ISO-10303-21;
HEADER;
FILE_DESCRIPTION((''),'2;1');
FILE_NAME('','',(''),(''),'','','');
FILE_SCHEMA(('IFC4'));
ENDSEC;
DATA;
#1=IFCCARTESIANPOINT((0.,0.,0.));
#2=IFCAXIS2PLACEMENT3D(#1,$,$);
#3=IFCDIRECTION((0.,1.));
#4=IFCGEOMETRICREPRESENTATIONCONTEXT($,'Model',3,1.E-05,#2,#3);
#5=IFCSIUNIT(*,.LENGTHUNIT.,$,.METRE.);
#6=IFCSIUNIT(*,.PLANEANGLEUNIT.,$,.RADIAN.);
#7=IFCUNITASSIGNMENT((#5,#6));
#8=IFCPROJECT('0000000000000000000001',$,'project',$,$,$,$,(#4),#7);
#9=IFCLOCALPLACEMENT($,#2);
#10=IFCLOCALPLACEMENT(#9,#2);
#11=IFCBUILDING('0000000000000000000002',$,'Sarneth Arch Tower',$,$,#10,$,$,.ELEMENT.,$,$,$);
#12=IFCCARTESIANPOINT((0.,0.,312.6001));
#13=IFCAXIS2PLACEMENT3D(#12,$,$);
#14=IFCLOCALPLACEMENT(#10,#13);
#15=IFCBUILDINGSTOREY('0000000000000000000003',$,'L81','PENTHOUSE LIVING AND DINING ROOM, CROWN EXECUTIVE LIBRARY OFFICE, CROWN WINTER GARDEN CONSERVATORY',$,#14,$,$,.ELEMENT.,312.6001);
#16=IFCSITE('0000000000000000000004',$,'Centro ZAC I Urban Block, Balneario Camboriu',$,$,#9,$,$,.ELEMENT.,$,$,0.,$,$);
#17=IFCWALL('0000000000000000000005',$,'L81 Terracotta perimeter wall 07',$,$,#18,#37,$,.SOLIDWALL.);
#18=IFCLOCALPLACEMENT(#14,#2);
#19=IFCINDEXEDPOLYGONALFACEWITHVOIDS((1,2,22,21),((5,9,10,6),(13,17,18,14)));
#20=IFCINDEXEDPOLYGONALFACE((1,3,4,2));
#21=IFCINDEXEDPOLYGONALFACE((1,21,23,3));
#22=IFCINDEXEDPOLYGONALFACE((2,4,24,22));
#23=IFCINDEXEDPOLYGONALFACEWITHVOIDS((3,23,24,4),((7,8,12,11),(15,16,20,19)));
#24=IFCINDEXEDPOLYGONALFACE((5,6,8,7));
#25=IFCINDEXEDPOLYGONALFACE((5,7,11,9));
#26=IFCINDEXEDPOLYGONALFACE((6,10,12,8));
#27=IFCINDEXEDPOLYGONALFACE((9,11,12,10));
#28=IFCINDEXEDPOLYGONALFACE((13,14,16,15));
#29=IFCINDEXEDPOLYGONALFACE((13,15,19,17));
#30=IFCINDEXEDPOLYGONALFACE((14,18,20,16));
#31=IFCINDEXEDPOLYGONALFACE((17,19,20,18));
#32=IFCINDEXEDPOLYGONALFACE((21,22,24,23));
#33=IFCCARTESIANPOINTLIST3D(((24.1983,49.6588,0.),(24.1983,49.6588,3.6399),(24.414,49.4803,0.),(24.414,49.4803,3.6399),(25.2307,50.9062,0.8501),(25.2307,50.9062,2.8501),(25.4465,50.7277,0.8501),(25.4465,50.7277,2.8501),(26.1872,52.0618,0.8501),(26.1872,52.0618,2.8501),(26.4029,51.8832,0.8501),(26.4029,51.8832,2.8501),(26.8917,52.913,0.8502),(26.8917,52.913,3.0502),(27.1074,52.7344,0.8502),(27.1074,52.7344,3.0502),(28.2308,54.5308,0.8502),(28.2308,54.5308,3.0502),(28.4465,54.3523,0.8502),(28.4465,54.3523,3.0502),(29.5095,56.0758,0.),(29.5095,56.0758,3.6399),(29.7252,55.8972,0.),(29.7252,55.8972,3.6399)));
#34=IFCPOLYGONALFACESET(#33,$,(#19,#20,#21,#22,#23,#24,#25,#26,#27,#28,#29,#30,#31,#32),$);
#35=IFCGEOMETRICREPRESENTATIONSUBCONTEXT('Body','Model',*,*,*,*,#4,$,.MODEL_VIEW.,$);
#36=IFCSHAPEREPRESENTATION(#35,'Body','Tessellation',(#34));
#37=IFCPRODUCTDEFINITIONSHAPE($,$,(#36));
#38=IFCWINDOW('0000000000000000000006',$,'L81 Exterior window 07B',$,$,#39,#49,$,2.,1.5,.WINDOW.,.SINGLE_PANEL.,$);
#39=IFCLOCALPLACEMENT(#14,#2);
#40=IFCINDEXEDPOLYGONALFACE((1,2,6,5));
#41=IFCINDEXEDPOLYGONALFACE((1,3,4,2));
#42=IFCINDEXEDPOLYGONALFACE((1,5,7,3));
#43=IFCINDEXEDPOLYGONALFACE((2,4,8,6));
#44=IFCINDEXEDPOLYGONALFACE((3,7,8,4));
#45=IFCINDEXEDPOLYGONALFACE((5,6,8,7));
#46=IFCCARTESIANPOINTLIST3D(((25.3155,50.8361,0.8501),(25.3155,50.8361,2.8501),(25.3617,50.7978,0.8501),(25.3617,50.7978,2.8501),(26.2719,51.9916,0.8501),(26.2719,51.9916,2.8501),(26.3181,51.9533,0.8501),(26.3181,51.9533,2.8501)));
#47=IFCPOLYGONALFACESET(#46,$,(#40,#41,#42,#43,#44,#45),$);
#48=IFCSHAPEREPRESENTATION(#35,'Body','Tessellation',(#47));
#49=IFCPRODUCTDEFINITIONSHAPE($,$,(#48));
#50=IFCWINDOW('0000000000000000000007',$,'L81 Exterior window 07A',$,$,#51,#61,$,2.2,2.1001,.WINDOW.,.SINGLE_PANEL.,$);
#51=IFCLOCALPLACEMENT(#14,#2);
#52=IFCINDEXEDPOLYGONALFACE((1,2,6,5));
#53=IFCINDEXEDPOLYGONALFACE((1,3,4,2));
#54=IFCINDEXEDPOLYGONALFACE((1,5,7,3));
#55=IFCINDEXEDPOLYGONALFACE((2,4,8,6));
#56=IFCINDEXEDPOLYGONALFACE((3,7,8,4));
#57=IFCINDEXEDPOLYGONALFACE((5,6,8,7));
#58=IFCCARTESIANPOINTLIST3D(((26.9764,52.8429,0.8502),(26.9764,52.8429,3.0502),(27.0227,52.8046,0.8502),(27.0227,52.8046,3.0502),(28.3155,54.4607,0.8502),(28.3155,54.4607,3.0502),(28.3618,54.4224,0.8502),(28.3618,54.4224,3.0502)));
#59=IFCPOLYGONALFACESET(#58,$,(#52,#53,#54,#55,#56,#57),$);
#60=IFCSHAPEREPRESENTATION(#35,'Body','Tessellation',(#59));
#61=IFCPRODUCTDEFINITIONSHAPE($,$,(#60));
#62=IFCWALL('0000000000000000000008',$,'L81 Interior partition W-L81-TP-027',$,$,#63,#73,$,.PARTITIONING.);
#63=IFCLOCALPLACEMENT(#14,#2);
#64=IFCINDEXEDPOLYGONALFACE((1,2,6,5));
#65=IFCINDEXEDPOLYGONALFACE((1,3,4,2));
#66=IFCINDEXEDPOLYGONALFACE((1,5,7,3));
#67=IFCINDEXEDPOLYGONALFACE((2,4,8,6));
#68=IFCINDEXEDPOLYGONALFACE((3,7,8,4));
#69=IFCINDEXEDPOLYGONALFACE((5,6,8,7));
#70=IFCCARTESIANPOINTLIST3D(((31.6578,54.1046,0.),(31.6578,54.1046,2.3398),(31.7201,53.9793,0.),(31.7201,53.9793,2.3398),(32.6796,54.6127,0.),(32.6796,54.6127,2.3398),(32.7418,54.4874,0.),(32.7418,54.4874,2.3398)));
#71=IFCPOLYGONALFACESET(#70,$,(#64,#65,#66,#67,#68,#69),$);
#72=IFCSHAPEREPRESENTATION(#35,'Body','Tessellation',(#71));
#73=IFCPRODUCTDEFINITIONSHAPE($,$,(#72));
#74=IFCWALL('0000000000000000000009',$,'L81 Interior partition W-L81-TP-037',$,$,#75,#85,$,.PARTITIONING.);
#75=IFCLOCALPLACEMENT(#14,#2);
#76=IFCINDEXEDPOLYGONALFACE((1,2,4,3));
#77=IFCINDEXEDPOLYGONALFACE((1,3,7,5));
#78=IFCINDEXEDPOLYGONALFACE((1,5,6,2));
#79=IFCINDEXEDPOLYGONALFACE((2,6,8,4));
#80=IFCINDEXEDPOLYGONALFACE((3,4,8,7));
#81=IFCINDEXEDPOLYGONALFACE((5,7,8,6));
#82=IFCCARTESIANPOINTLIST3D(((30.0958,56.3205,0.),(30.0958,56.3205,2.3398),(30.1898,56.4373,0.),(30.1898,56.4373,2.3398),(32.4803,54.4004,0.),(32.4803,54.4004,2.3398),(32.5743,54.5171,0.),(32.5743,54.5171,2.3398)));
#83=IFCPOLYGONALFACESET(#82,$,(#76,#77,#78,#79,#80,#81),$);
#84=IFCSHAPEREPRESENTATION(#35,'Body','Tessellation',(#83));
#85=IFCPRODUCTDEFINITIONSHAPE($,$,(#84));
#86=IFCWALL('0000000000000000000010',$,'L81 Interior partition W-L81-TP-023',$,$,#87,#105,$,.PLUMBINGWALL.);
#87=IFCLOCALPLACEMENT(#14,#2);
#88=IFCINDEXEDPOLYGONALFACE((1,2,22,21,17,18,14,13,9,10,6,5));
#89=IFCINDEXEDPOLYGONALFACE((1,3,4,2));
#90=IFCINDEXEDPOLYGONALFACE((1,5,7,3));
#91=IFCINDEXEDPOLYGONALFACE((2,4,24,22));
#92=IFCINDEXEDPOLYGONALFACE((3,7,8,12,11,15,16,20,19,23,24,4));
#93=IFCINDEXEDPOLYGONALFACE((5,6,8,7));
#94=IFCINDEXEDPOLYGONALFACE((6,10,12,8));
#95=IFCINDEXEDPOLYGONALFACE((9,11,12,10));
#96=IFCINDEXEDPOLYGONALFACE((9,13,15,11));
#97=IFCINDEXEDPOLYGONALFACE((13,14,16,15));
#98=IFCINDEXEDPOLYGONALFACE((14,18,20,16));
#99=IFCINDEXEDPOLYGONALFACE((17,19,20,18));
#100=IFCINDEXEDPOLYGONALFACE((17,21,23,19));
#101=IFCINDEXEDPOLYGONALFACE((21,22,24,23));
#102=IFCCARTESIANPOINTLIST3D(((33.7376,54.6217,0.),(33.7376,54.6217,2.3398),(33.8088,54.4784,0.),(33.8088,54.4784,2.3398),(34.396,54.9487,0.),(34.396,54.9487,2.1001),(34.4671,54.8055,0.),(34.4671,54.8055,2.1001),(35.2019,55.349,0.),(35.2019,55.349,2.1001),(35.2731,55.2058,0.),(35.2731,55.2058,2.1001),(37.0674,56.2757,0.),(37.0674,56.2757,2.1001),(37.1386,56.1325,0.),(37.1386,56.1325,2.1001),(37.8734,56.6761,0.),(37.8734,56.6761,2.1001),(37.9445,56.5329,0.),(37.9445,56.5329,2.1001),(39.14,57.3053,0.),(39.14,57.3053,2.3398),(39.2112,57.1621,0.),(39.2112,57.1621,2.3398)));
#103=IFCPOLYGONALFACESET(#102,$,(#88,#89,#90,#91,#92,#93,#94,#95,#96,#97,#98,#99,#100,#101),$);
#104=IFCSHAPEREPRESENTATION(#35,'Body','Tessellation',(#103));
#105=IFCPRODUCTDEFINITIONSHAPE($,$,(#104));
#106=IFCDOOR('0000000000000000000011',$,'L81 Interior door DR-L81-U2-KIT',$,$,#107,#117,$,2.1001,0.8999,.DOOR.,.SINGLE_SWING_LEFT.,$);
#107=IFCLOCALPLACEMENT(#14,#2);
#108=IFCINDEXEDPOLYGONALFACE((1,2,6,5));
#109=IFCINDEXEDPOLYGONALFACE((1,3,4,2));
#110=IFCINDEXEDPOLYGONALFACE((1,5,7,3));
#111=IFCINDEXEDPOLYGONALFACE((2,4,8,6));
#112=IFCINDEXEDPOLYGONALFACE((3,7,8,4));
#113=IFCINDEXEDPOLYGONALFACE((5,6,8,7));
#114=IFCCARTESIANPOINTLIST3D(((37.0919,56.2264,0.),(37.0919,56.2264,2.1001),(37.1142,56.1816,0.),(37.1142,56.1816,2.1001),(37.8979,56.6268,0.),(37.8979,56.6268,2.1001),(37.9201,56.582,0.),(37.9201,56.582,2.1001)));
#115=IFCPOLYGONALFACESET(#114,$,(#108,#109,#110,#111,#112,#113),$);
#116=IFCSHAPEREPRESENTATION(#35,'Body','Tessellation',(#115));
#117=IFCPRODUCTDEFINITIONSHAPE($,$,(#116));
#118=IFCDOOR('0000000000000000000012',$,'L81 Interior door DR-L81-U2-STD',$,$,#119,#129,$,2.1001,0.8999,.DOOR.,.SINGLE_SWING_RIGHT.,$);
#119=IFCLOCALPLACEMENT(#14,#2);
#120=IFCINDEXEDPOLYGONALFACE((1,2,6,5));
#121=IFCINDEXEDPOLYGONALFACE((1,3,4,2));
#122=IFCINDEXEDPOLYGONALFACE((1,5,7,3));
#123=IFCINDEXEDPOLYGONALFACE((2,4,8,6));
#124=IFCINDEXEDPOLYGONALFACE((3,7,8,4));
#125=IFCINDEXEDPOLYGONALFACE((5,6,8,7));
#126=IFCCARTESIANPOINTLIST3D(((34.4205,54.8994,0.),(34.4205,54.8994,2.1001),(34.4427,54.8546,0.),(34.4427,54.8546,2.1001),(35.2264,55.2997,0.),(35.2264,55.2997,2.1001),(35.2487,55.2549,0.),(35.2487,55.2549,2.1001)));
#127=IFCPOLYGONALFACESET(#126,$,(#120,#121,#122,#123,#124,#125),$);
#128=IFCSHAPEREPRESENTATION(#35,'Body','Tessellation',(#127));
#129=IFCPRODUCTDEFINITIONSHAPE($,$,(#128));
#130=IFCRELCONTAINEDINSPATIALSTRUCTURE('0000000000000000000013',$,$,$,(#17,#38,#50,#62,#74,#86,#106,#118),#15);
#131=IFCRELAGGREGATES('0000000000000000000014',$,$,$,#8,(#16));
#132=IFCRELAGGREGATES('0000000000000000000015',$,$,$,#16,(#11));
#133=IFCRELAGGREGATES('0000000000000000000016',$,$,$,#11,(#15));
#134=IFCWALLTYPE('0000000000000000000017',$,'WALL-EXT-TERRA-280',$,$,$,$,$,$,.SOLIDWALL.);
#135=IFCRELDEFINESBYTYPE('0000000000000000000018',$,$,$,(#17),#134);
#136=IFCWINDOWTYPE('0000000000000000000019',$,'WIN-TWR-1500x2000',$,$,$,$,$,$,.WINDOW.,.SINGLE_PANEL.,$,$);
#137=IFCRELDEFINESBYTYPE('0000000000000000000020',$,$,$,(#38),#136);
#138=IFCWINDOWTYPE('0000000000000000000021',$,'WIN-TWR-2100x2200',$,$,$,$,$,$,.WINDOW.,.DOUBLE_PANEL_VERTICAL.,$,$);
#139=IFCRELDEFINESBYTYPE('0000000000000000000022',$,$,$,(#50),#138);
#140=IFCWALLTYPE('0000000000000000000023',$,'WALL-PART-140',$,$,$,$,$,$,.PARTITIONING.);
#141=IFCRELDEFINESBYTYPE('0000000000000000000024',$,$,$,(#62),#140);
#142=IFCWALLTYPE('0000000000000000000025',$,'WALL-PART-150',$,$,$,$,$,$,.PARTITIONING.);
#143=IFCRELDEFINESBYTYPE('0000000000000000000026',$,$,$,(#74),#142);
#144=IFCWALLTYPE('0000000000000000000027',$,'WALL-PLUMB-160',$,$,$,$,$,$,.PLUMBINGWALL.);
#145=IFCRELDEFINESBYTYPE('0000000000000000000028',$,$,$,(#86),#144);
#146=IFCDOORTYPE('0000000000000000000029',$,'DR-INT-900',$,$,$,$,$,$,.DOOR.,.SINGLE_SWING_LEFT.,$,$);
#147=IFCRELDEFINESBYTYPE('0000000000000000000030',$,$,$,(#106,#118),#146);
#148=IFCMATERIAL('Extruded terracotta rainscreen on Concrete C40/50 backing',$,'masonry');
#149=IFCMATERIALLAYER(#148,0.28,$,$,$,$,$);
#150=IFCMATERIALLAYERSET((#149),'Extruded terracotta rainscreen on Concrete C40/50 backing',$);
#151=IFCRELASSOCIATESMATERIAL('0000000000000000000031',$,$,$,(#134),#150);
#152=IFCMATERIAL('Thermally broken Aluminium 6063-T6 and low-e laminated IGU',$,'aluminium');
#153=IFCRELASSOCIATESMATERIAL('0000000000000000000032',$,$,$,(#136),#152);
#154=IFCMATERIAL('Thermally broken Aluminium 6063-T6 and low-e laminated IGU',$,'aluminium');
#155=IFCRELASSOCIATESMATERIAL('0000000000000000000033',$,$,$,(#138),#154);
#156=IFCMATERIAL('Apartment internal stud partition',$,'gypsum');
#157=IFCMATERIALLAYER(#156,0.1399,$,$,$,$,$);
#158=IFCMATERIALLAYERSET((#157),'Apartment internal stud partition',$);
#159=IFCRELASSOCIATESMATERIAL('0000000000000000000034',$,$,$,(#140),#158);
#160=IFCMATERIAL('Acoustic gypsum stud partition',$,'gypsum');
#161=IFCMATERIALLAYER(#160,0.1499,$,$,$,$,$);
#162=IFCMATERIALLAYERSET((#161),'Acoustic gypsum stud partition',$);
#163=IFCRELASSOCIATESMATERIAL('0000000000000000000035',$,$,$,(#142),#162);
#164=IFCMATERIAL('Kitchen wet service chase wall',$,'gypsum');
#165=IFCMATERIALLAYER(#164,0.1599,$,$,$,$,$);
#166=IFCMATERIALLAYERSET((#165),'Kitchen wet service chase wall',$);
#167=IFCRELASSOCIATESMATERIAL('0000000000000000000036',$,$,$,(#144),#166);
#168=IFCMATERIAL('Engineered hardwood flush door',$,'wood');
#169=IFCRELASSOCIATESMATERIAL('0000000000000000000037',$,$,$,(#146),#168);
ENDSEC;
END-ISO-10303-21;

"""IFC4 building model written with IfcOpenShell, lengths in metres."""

from ifc_helpers import new_model, si_unit, direction, frame, frame_2d, origin, place, context, subcontext, project, spatial, rectangle, extrude, material, layer, layer_set, type_object, element, fill, save


model = new_model("IFC4")

# Units and contexts
model_context = context("Model", 3, precision=1e-05, world=origin(), true_north=direction((0.0, 1.0)))
body_context = subcontext(model_context, "Body", "Model", "MODEL_VIEW")
ifc_project = project(units=[si_unit("LENGTHUNIT", "METRE"), si_unit("PLANEANGLEUNIT", "RADIAN")], contexts=[model_context])

# Site, building, storey
site_placement = place(None, origin())
site = spatial("IfcSite", under=ifc_project, at=site_placement, Name="Centro ZAC I Urban Block, Balneario Camboriu", CompositionType="ELEMENT", RefElevation=0.0)
building_placement = place(site_placement, origin())
building = spatial("IfcBuilding", under=site, at=building_placement, Name="Sarneth Arch Tower", CompositionType="ELEMENT")
storey_placement = place(building_placement, frame((0.0, 0.0, 312.6001)))
storey = spatial("IfcBuildingStorey", under=building, at=storey_placement, Name="L81", Description="PENTHOUSE LIVING AND DINING ROOM, CROWN EXECUTIVE LIBRARY OFFICE, CROWN WINTER GARDEN CONSERVATORY", CompositionType="ELEMENT", Elevation=312.6001)

# Wall, openings, windows
ifc_material_1 = material(Name="Extruded terracotta rainscreen on Concrete C40/50 backing", Category="masonry")
ifc_layer_1 = layer(ifc_material_1, 0.28)
ifc_layer_set_1 = layer_set([ifc_layer_1], Name="Extruded terracotta rainscreen on Concrete C40/50 backing")
wall_type_1 = type_object("IfcWallType", Name="WALL-EXT-TERRA-280", PredefinedType="SOLIDWALL", material=ifc_layer_set_1)
wall_1_placement = place(storey_placement, frame((29.6174, 55.9866, 0.0), z_axis=(0.0, 0.0, 1.0), x_axis=(-0.637615, -0.770355, 0.0)))
wall_1 = element("IfcWall", 1, at=wall_1_placement, inside=storey, type_object=wall_type_1, Name="L81 Terracotta perimeter wall 07", PredefinedType="SOLIDWALL", context=body_context, shape_type="SweptSolid", body=[
    extrude(rectangle(XDim=8.3298, YDim=0.28, at=frame_2d((4.165, 0.0))), origin(), (0.0, 0.0, 1.0), 3.6399),
])
opening_1_placement = place(wall_1_placement, frame((2.0056, 0.0, 0.8501)))
opening_1 = element("IfcOpeningElement", 2, at=opening_1_placement, cuts=wall_1, PredefinedType="OPENING", context=body_context, shape_type="SweptSolid", body=[
    extrude(rectangle(XDim=2.1001, YDim=2.2, at=frame_2d((1.05, 1.1001))), frame((0.0, 0.1499, 0.0), z_axis=(0.0, -1.0, 0.0), x_axis=(1.0, 0.0, 0.0)), (0.0, 0.0, 1.0), 0.3),
])
opening_2_placement = place(wall_1_placement, frame((5.2107, 0.0, 0.8501)))
opening_2 = element("IfcOpeningElement", 3, at=opening_2_placement, cuts=wall_1, PredefinedType="OPENING", context=body_context, shape_type="SweptSolid", body=[
    extrude(rectangle(XDim=1.5, YDim=2.0, at=frame_2d((0.75, 1.0))), frame((0.0, 0.1499, 0.0), z_axis=(0.0, -1.0, 0.0), x_axis=(1.0, 0.0, 0.0)), (0.0, 0.0, 1.0), 0.3),
])
ifc_material_2 = material(Name="Thermally broken Aluminium 6063-T6 and low-e laminated IGU", Category="aluminium")
window_type_1 = type_object("IfcWindowType", Name="WIN-TWR-1500x2000", PartitioningType="SINGLE_PANEL", PredefinedType="WINDOW", material=ifc_material_2)
window_1_placement = place(opening_2_placement, origin())
window_1 = element("IfcWindow", 4, at=window_1_placement, inside=storey, type_object=window_type_1, Name="L81 Exterior window 07B", OverallHeight=2.0, OverallWidth=1.5, PartitioningType="SINGLE_PANEL", PredefinedType="WINDOW", context=body_context, shape_type="SweptSolid", body=[
    extrude(rectangle(XDim=1.5, YDim=2.0, at=frame_2d((0.75, 1.0))), frame((0.0, 0.03, 0.0), z_axis=(0.0, -1.0, 0.0), x_axis=(1.0, 0.0, 0.0)), (0.0, 0.0, 1.0), 0.0601),
])
fill(opening_2, window_1)
ifc_material_3 = material(Name="Thermally broken Aluminium 6063-T6 and low-e laminated IGU", Category="aluminium")
window_type_2 = type_object("IfcWindowType", Name="WIN-TWR-2100x2200", PartitioningType="DOUBLE_PANEL_VERTICAL", PredefinedType="WINDOW", material=ifc_material_3)
window_2_placement = place(opening_1_placement, origin())
window_2 = element("IfcWindow", 5, at=window_2_placement, inside=storey, type_object=window_type_2, Name="L81 Exterior window 07A", OverallHeight=2.2, OverallWidth=2.1001, PartitioningType="SINGLE_PANEL", PredefinedType="WINDOW", context=body_context, shape_type="SweptSolid", body=[
    extrude(rectangle(XDim=2.1001, YDim=2.2, at=frame_2d((1.05, 1.1001))), frame((0.0, 0.03, 0.0), z_axis=(0.0, -1.0, 0.0), x_axis=(1.0, 0.0, 0.0)), (0.0, 0.0, 1.0), 0.0601),
])
fill(opening_1, window_2)

# Walls
ifc_material_4 = material(Name="Apartment internal stud partition", Category="gypsum")
ifc_layer_2 = layer(ifc_material_4, 0.1399)
ifc_layer_set_2 = layer_set([ifc_layer_2], Name="Apartment internal stud partition")
wall_type_2 = type_object("IfcWallType", Name="WALL-PART-140", PredefinedType="PARTITIONING", material=ifc_layer_set_2)
wall_2_placement = place(storey_placement, frame((32.7107, 54.55, 0.0), z_axis=(0.0, 0.0, 1.0), x_axis=(-0.895409, -0.445244, 0.0)))
element("IfcWall", 6, at=wall_2_placement, inside=storey, type_object=wall_type_2, Name="L81 Interior partition W-L81-TP-027", PredefinedType="PARTITIONING", context=body_context, shape_type="SweptSolid", body=[
    extrude(rectangle(XDim=1.1411, YDim=0.1399, at=frame_2d((0.5706, 0.0))), origin(), (0.0, 0.0, 1.0), 2.3398),
])
ifc_material_5 = material(Name="Acoustic gypsum stud partition", Category="gypsum")
ifc_layer_3 = layer(ifc_material_5, 0.1499)
ifc_layer_set_3 = layer_set([ifc_layer_3], Name="Acoustic gypsum stud partition")
wall_type_3 = type_object("IfcWallType", Name="WALL-PART-150", PredefinedType="PARTITIONING", material=ifc_layer_set_3)
wall_3_placement = place(storey_placement, frame((30.1428, 56.3789, 0.0), z_axis=(0.0, 0.0, 1.0), x_axis=(0.778865, -0.627191, 0.0)))
element("IfcWall", 7, at=wall_3_placement, inside=storey, type_object=wall_type_3, Name="L81 Interior partition W-L81-TP-037", PredefinedType="PARTITIONING", context=body_context, shape_type="SweptSolid", body=[
    extrude(rectangle(XDim=3.0615, YDim=0.1499, at=frame_2d((1.5308, 0.0))), origin(), (0.0, 0.0, 1.0), 2.3398),
])

# Wall, openings, doors
ifc_material_6 = material(Name="Kitchen wet service chase wall", Category="gypsum")
ifc_layer_4 = layer(ifc_material_6, 0.1599)
ifc_layer_set_4 = layer_set([ifc_layer_4], Name="Kitchen wet service chase wall")
wall_type_4 = type_object("IfcWallType", Name="WALL-PLUMB-160", PredefinedType="PLUMBINGWALL", material=ifc_layer_set_4)
wall_4_placement = place(storey_placement, frame((33.7732, 54.55, 0.0), z_axis=(0.0, 0.0, 1.0), x_axis=(0.89559, 0.444881, 0.0)))
wall_4 = element("IfcWall", 8, at=wall_4_placement, inside=storey, type_object=wall_type_4, Name="L81 Interior partition W-L81-TP-023", PredefinedType="PLUMBINGWALL", context=body_context, shape_type="SweptSolid", body=[
    extrude(rectangle(XDim=6.0322, YDim=0.1599, at=frame_2d((3.0161, 0.0))), origin(), (0.0, 0.0, 1.0), 2.3398),
])
opening_3_placement = place(wall_4_placement, frame((3.718, 0.0, 0.0)))
opening_3 = element("IfcOpeningElement", 9, at=opening_3_placement, cuts=wall_4, PredefinedType="OPENING", context=body_context, shape_type="SweptSolid", body=[
    extrude(rectangle(XDim=0.8999, YDim=2.1001, at=frame_2d((0.45, 1.05))), frame((0.0, 0.0898, 0.0), z_axis=(0.0, -1.0, 0.0), x_axis=(1.0, 0.0, 0.0)), (0.0, 0.0, 1.0), 0.1799),
])
opening_4_placement = place(wall_4_placement, frame((0.7351, 0.0, 0.0)))
opening_4 = element("IfcOpeningElement", 10, at=opening_4_placement, cuts=wall_4, PredefinedType="OPENING", context=body_context, shape_type="SweptSolid", body=[
    extrude(rectangle(XDim=0.8999, YDim=2.1001, at=frame_2d((0.45, 1.05))), frame((0.0, 0.0898, 0.0), z_axis=(0.0, -1.0, 0.0), x_axis=(1.0, 0.0, 0.0)), (0.0, 0.0, 1.0), 0.1799),
])
ifc_material_7 = material(Name="Engineered hardwood flush door", Category="wood")
door_type = type_object("IfcDoorType", Name="DR-INT-900", OperationType="SINGLE_SWING_LEFT", PredefinedType="DOOR", material=ifc_material_7)
door_1_placement = place(opening_3_placement, origin())
door_1 = element("IfcDoor", 11, at=door_1_placement, inside=storey, type_object=door_type, Name="L81 Interior door DR-L81-U2-KIT", OperationType="SINGLE_SWING_LEFT", OverallHeight=2.1001, OverallWidth=0.8999, PredefinedType="DOOR", context=body_context, shape_type="SweptSolid", body=[
    extrude(rectangle(XDim=0.8999, YDim=2.1001, at=frame_2d((0.45, 1.05))), frame((0.0, 0.0249, 0.0), z_axis=(0.0, -1.0, 0.0), x_axis=(1.0, 0.0, 0.0)), (0.0, 0.0, 1.0), 0.05),
])
fill(opening_3, door_1)
door_2_placement = place(opening_4_placement, origin())
door_2 = element("IfcDoor", 12, at=door_2_placement, inside=storey, type_object=door_type, Name="L81 Interior door DR-L81-U2-STD", OperationType="SINGLE_SWING_RIGHT", OverallHeight=2.1001, OverallWidth=0.8999, PredefinedType="DOOR", context=body_context, shape_type="SweptSolid", body=[
    extrude(rectangle(XDim=0.8999, YDim=2.1001, at=frame_2d((0.45, 1.05))), frame((0.0, 0.0249, 0.0), z_axis=(0.0, -1.0, 0.0), x_axis=(1.0, 0.0, 0.0)), (0.0, 0.0, 1.0), 0.05),
])
fill(opening_4, door_2)

save(model, "model.ifc")
